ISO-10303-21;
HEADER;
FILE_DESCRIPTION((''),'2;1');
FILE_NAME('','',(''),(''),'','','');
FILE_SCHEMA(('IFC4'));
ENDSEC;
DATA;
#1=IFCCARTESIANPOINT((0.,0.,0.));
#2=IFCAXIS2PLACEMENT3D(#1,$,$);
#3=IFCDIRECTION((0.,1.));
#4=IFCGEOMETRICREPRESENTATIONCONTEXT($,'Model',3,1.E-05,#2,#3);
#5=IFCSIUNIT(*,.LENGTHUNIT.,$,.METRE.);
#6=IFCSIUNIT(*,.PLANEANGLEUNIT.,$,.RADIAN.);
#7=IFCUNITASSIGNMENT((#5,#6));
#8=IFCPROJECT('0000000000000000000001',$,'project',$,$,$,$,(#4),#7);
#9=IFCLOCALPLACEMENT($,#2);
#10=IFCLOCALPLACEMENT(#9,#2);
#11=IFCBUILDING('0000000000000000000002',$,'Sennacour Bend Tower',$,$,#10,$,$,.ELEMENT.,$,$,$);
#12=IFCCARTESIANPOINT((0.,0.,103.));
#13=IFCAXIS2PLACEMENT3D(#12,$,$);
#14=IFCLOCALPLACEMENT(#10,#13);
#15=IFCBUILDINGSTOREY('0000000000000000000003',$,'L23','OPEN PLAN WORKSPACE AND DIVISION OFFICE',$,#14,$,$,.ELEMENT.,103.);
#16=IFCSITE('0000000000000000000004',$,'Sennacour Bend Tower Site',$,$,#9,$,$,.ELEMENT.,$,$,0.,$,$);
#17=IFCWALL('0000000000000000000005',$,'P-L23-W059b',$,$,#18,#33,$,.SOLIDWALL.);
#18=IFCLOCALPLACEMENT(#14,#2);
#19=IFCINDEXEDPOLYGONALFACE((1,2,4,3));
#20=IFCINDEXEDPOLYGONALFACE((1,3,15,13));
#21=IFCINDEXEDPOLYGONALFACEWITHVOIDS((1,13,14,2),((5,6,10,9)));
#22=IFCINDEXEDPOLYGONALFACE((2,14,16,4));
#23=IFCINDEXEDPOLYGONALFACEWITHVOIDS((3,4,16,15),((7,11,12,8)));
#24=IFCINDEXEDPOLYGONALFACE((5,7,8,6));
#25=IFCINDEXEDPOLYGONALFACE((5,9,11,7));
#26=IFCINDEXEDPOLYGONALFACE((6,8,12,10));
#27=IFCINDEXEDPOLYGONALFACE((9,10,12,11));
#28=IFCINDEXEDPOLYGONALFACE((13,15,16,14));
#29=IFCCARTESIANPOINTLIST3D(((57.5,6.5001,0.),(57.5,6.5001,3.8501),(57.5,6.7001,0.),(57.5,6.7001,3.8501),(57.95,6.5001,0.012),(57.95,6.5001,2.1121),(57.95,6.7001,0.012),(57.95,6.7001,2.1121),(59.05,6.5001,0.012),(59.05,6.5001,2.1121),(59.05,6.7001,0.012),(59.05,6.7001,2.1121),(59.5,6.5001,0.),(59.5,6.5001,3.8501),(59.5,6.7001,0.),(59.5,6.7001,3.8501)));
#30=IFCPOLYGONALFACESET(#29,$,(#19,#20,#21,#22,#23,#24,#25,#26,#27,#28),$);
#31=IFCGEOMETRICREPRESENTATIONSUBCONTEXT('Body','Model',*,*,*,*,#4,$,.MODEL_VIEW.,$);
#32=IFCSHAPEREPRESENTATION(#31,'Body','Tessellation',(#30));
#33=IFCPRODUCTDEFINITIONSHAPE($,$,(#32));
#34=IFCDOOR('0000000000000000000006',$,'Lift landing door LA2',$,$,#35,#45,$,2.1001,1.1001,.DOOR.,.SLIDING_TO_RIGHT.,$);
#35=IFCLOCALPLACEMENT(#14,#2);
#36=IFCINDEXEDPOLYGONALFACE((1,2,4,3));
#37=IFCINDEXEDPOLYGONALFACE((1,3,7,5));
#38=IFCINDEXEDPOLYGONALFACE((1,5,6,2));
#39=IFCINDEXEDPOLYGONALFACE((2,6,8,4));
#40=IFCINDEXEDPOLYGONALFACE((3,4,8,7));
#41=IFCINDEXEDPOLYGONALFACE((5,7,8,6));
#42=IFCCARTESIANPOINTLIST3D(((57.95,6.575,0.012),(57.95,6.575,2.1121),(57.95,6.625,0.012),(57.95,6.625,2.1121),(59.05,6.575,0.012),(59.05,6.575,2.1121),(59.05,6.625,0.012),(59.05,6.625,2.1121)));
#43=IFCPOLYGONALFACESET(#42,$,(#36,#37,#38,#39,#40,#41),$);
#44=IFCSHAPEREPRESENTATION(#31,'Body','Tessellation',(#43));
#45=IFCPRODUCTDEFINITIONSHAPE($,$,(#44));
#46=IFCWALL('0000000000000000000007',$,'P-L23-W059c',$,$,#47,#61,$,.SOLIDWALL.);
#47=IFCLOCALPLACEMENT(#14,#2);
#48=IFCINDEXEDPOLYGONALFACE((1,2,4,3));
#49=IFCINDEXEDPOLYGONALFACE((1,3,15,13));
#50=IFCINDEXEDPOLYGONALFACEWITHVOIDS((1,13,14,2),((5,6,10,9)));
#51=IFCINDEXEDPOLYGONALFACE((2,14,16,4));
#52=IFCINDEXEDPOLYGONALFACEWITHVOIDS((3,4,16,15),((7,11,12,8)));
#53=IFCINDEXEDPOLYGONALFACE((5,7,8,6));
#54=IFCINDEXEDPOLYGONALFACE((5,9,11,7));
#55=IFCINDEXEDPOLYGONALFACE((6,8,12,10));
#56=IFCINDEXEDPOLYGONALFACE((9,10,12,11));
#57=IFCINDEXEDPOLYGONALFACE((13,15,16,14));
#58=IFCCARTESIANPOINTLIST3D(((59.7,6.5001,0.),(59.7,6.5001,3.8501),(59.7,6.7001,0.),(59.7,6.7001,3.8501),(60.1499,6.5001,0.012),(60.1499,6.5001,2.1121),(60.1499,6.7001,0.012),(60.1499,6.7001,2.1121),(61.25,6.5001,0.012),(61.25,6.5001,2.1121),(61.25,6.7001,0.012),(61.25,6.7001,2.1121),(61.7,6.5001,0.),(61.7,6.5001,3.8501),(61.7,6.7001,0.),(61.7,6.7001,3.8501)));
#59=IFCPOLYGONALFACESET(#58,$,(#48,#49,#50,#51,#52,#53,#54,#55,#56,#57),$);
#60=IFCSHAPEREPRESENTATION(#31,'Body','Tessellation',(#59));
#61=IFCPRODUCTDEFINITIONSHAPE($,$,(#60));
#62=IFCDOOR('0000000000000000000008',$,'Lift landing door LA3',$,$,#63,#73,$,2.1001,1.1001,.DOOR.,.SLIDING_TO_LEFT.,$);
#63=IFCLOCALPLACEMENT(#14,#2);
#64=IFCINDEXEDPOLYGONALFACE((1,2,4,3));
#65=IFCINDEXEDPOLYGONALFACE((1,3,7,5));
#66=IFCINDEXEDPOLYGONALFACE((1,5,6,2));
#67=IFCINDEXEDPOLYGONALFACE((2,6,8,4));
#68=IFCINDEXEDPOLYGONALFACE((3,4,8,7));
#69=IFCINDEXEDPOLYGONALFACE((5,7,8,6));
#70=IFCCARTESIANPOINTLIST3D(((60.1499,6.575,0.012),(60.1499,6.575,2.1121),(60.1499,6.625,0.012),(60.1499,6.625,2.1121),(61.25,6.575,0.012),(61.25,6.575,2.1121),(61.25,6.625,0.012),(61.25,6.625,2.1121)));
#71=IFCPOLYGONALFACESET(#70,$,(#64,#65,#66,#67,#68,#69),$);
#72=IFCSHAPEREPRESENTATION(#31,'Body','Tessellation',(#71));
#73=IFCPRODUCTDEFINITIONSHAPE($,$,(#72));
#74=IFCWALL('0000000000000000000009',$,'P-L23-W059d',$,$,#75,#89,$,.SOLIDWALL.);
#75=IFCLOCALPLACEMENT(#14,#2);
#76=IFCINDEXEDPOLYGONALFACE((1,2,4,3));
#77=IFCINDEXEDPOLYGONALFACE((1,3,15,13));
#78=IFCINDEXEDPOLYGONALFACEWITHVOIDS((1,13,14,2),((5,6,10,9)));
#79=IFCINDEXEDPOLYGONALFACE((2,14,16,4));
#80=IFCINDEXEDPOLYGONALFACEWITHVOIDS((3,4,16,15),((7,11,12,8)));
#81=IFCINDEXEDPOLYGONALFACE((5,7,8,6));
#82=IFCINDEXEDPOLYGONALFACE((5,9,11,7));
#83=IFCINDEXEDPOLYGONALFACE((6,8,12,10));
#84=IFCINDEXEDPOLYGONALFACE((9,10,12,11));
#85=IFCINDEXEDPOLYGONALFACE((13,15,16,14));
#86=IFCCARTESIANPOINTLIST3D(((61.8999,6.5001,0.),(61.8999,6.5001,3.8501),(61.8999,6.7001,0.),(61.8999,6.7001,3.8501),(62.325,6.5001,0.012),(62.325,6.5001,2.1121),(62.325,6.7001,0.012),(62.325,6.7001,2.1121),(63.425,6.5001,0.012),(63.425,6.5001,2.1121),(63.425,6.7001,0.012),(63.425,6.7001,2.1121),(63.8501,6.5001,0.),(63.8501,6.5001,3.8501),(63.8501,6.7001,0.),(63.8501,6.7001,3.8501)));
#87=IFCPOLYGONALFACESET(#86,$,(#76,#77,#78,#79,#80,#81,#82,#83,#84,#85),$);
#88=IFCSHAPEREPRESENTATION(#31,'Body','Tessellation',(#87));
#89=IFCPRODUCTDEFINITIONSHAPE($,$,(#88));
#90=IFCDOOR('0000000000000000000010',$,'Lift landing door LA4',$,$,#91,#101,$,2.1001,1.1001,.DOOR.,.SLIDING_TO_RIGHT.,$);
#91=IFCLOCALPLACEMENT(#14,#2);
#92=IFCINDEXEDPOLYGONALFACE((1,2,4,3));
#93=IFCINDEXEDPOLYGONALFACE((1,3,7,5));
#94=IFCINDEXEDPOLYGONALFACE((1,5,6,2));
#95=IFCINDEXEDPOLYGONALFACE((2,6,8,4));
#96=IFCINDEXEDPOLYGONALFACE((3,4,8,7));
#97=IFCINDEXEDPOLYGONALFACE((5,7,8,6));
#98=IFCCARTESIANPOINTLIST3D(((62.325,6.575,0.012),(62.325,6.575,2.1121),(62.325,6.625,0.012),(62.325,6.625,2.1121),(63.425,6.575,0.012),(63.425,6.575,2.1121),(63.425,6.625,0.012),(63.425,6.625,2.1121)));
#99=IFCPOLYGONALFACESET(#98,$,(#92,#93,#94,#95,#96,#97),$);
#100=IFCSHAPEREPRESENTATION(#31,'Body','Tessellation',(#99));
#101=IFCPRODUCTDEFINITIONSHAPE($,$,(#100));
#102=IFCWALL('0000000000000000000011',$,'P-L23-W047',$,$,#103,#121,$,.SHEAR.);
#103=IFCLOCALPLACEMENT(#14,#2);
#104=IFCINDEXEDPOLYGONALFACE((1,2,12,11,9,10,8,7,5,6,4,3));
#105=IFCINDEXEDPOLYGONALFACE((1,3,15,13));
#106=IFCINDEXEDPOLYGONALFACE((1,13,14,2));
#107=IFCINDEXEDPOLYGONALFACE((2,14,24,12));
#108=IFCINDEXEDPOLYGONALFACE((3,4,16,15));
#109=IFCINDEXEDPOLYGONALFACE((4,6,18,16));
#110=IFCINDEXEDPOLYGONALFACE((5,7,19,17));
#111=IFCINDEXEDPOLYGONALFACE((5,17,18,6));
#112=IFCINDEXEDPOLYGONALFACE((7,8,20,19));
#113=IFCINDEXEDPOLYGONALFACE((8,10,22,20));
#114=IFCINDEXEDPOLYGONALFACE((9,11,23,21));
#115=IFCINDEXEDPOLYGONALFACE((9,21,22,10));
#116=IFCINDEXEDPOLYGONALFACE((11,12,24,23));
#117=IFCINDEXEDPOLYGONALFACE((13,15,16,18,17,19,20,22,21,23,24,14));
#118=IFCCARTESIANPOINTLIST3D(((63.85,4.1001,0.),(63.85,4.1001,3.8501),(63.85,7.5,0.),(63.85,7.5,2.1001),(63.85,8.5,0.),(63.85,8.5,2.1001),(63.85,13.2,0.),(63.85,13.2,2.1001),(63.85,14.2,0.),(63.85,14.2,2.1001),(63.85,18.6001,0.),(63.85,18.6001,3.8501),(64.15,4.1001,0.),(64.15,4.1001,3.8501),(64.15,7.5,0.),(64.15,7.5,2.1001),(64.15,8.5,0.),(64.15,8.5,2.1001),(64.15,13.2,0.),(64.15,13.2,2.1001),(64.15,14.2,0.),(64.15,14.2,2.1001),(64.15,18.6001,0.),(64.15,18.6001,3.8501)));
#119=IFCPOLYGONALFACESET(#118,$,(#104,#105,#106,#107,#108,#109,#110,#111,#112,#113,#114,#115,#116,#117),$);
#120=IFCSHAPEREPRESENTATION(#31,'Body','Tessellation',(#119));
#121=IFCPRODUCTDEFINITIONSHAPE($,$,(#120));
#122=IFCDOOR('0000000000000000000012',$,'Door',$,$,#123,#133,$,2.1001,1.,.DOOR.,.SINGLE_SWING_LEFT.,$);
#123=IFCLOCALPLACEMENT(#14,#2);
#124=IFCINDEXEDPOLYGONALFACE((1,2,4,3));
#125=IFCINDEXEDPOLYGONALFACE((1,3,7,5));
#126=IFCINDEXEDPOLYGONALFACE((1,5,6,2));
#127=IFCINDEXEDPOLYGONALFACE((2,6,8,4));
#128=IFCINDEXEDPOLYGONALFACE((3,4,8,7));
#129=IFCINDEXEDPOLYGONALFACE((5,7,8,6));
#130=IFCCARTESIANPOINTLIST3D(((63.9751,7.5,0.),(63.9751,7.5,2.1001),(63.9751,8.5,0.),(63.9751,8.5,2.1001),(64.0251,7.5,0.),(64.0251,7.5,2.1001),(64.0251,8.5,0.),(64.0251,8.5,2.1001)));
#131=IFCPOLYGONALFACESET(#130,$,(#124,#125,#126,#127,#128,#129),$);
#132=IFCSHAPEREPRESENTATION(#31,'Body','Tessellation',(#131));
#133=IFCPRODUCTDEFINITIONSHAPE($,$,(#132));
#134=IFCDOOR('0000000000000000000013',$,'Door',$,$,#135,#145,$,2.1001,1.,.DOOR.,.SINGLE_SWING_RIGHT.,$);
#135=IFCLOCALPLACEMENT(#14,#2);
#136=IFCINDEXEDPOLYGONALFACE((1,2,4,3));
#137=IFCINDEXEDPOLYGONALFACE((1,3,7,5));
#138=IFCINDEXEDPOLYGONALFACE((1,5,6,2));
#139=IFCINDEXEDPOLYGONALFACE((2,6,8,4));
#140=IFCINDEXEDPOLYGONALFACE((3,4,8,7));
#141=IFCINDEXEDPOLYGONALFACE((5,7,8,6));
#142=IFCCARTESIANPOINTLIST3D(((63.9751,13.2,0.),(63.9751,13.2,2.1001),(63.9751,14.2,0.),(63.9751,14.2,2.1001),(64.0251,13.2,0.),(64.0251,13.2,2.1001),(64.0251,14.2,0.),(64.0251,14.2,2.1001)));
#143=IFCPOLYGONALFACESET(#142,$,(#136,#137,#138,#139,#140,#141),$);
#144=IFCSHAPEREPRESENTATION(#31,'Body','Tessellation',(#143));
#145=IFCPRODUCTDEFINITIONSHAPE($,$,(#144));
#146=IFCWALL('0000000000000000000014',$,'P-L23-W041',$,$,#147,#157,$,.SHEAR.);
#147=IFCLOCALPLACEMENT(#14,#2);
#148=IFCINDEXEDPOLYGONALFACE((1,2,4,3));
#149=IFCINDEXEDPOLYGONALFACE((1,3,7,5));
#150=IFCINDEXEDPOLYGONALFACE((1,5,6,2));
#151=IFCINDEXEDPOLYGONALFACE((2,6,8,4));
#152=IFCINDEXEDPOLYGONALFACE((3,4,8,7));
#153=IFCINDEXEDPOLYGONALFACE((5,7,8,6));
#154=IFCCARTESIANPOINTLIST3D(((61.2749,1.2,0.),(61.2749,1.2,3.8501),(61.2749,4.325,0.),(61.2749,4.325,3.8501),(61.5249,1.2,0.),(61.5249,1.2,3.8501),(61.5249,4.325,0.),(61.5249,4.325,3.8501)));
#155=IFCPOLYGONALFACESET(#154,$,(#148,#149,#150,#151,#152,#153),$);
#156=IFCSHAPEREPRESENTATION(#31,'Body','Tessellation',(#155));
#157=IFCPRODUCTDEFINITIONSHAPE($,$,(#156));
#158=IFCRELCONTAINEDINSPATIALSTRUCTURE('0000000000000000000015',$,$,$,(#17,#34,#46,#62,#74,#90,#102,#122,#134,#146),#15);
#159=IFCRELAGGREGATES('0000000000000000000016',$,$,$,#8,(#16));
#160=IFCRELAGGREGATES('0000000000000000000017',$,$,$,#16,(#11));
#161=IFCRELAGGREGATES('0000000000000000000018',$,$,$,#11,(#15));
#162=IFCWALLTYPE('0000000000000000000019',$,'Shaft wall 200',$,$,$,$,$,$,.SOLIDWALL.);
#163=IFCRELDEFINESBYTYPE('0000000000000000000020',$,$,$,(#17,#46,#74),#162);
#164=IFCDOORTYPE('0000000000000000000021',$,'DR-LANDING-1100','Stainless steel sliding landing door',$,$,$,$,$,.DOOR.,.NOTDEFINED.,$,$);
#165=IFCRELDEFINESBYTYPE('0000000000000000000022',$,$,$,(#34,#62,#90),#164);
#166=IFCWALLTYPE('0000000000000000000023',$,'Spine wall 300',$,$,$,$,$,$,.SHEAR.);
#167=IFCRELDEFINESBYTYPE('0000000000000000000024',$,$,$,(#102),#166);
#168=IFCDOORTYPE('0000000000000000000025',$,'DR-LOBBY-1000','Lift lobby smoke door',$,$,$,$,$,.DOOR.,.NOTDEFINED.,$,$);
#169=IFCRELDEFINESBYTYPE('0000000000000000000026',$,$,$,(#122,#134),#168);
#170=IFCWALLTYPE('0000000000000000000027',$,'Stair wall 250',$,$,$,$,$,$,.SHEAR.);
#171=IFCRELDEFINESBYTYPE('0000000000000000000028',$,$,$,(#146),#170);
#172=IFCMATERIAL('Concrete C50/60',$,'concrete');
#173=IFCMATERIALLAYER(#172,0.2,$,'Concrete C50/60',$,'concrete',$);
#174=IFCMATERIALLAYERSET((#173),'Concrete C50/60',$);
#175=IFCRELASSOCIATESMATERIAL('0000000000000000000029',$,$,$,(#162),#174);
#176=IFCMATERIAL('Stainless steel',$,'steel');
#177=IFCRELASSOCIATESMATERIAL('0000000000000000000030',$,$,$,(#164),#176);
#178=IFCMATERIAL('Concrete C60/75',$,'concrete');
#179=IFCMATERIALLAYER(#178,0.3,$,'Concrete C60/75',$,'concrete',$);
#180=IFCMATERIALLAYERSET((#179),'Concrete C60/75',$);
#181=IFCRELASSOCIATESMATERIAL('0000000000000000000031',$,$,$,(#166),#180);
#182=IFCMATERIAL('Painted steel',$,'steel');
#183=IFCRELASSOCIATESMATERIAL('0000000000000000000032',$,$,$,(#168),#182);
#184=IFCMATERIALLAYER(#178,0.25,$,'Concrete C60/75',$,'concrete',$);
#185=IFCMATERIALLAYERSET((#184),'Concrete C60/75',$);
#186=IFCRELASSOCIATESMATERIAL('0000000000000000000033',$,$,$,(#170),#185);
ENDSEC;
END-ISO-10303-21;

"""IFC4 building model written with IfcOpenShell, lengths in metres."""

from ifc_helpers import new_model, si_unit, direction, frame, frame_2d, origin, place, context, subcontext, project, spatial, rectangle, extrude, material, layer, layer_set, type_object, element, fill, save


model = new_model("IFC4")

# Units and contexts
model_context = context("Model", 3, precision=1e-05, world=origin(), true_north=direction((0.0, 1.0)))
body_context = subcontext(model_context, "Body", "Model", "MODEL_VIEW")
ifc_project = project(units=[si_unit("LENGTHUNIT", "METRE"), si_unit("PLANEANGLEUNIT", "RADIAN")], contexts=[model_context])

# Site, building, storey
site_placement = place(None, origin())
site = spatial("IfcSite", under=ifc_project, at=site_placement, Name="Sennacour Bend Tower Site", CompositionType="ELEMENT", RefElevation=0.0)
building_placement = place(site_placement, origin())
building = spatial("IfcBuilding", under=site, at=building_placement, Name="Sennacour Bend Tower", CompositionType="ELEMENT")
storey_placement = place(building_placement, frame((0.0, 0.0, 103.0)))
storey = spatial("IfcBuildingStorey", under=building, at=storey_placement, Name="L23", Description="OPEN PLAN WORKSPACE AND DIVISION OFFICE", CompositionType="ELEMENT", Elevation=103.0)

# Shared definitions
ifc_material_1 = material(Name="Painted steel", Category="steel")

# Shared definitions
ifc_material_2 = material(Name="Concrete C50/60", Category="concrete")
ifc_layer_1 = layer(ifc_material_2, 0.2, Name="Concrete C50/60", Category="concrete")
ifc_layer_set_1 = layer_set([ifc_layer_1], Name="Concrete C50/60")
wall_type_1 = type_object("IfcWallType", Name="Shaft wall 200", PredefinedType="SOLIDWALL", material=ifc_layer_set_1)

# Walls, openings, doors
wall_1_placement = place(storey_placement, frame((57.5, 6.6001, 0.0), z_axis=(0.0, 0.0, 1.0), x_axis=(1.0, 0.0, 0.0)))
wall_1 = element("IfcWall", 1, at=wall_1_placement, inside=storey, type_object=wall_type_1, Name="P-L23-W059b", PredefinedType="SOLIDWALL", context=body_context, shape_type="SweptSolid", body=[
    extrude(rectangle(XDim=2.0, YDim=0.2, at=frame_2d((1.0, 0.0))), origin(), (0.0, 0.0, 1.0), 3.8501),
])
opening_1_placement = place(wall_1_placement, frame((0.45, 0.0, 0.012)))
opening_1 = element("IfcOpeningElement", 2, at=opening_1_placement, cuts=wall_1, PredefinedType="OPENING", context=body_context, shape_type="SweptSolid", body=[
    extrude(rectangle(XDim=1.1001, YDim=2.1001, at=frame_2d((0.55, 1.05))), frame((0.0, 0.1099, 0.0), z_axis=(0.0, -1.0, 0.0), x_axis=(1.0, 0.0, 0.0)), (0.0, 0.0, 1.0), 0.22),
])
ifc_material_3 = material(Name="Stainless steel", Category="steel")
door_type_1 = type_object("IfcDoorType", Name="DR-LANDING-1100", Description="Stainless steel sliding landing door", OperationType="NOTDEFINED", PredefinedType="DOOR", material=ifc_material_3)
door_1_placement = place(opening_1_placement, origin())
door_1 = element("IfcDoor", 3, at=door_1_placement, inside=storey, type_object=door_type_1, Name="Lift landing door LA2", OperationType="SLIDING_TO_RIGHT", OverallHeight=2.1001, OverallWidth=1.1001, PredefinedType="DOOR", context=body_context, shape_type="SweptSolid", body=[
    extrude(rectangle(XDim=1.1001, YDim=2.1001, at=frame_2d((0.55, 1.05))), frame((0.0, 0.0249, 0.0), z_axis=(0.0, -1.0, 0.0), x_axis=(1.0, 0.0, 0.0)), (0.0, 0.0, 1.0), 0.05),
])
fill(opening_1, door_1)
wall_2_placement = place(storey_placement, frame((59.7, 6.6001, 0.0), z_axis=(0.0, 0.0, 1.0), x_axis=(1.0, 0.0, 0.0)))
wall_2 = element("IfcWall", 4, at=wall_2_placement, inside=storey, type_object=wall_type_1, Name="P-L23-W059c", PredefinedType="SOLIDWALL", context=body_context, shape_type="SweptSolid", body=[
    extrude(rectangle(XDim=2.0, YDim=0.2, at=frame_2d((1.0, 0.0))), origin(), (0.0, 0.0, 1.0), 3.8501),
])
opening_2_placement = place(wall_2_placement, frame((0.45, 0.0, 0.012)))
opening_2 = element("IfcOpeningElement", 5, at=opening_2_placement, cuts=wall_2, PredefinedType="OPENING", context=body_context, shape_type="SweptSolid", body=[
    extrude(rectangle(XDim=1.1001, YDim=2.1001, at=frame_2d((0.55, 1.05))), frame((0.0, 0.1099, 0.0), z_axis=(0.0, -1.0, 0.0), x_axis=(1.0, 0.0, 0.0)), (0.0, 0.0, 1.0), 0.22),
])
door_2_placement = place(opening_2_placement, origin())
door_2 = element("IfcDoor", 6, at=door_2_placement, inside=storey, type_object=door_type_1, Name="Lift landing door LA3", OperationType="SLIDING_TO_LEFT", OverallHeight=2.1001, OverallWidth=1.1001, PredefinedType="DOOR", context=body_context, shape_type="SweptSolid", body=[
    extrude(rectangle(XDim=1.1001, YDim=2.1001, at=frame_2d((0.55, 1.05))), frame((0.0, 0.0249, 0.0), z_axis=(0.0, -1.0, 0.0), x_axis=(1.0, 0.0, 0.0)), (0.0, 0.0, 1.0), 0.05),
])
fill(opening_2, door_2)
wall_3_placement = place(storey_placement, frame((61.8999, 6.6001, 0.0), z_axis=(0.0, 0.0, 1.0), x_axis=(1.0, 0.0, 0.0)))
wall_3 = element("IfcWall", 7, at=wall_3_placement, inside=storey, type_object=wall_type_1, Name="P-L23-W059d", PredefinedType="SOLIDWALL", context=body_context, shape_type="SweptSolid", body=[
    extrude(rectangle(XDim=1.9502, YDim=0.2, at=frame_2d((0.9751, 0.0))), origin(), (0.0, 0.0, 1.0), 3.8501),
])
opening_3_placement = place(wall_3_placement, frame((0.425, 0.0, 0.012)))
opening_3 = element("IfcOpeningElement", 8, at=opening_3_placement, cuts=wall_3, PredefinedType="OPENING", context=body_context, shape_type="SweptSolid", body=[
    extrude(rectangle(XDim=1.1001, YDim=2.1001, at=frame_2d((0.55, 1.05))), frame((0.0, 0.1099, 0.0), z_axis=(0.0, -1.0, 0.0), x_axis=(1.0, 0.0, 0.0)), (0.0, 0.0, 1.0), 0.22),
])
door_3_placement = place(opening_3_placement, origin())
door_3 = element("IfcDoor", 9, at=door_3_placement, inside=storey, type_object=door_type_1, Name="Lift landing door LA4", OperationType="SLIDING_TO_RIGHT", OverallHeight=2.1001, OverallWidth=1.1001, PredefinedType="DOOR", context=body_context, shape_type="SweptSolid", body=[
    extrude(rectangle(XDim=1.1001, YDim=2.1001, at=frame_2d((0.55, 1.05))), frame((0.0, 0.0249, 0.0), z_axis=(0.0, -1.0, 0.0), x_axis=(1.0, 0.0, 0.0)), (0.0, 0.0, 1.0), 0.05),
])
fill(opening_3, door_3)

# Wall, openings, doors
ifc_material_4 = material(Name="Concrete C60/75", Category="concrete")
ifc_layer_2 = layer(ifc_material_4, 0.3, Name="Concrete C60/75", Category="concrete")
ifc_layer_set_2 = layer_set([ifc_layer_2], Name="Concrete C60/75")
wall_type_2 = type_object("IfcWallType", Name="Spine wall 300", PredefinedType="SHEAR", material=ifc_layer_set_2)
wall_4_placement = place(storey_placement, frame((64.0, 4.1001, 0.0), z_axis=(0.0, 0.0, 1.0), x_axis=(0.0, 1.0, 0.0)))
wall_4 = element("IfcWall", 10, at=wall_4_placement, inside=storey, type_object=wall_type_2, Name="P-L23-W047", PredefinedType="SHEAR", context=body_context, shape_type="SweptSolid", body=[
    extrude(rectangle(XDim=14.5, YDim=0.3, at=frame_2d((7.25, 0.0))), origin(), (0.0, 0.0, 1.0), 3.8501),
])
opening_4_placement = place(wall_4_placement, frame((3.3999, 0.0, 0.0)))
opening_4 = element("IfcOpeningElement", 11, at=opening_4_placement, cuts=wall_4, PredefinedType="OPENING", context=body_context, shape_type="SweptSolid", body=[
    extrude(rectangle(XDim=1.0, YDim=2.1001, at=frame_2d((0.5, 1.05))), frame((0.0, 0.1602, 0.0), z_axis=(0.0, -1.0, 0.0), x_axis=(1.0, 0.0, 0.0)), (0.0, 0.0, 1.0), 0.3201),
])
opening_5_placement = place(wall_4_placement, frame((9.0999, 0.0, 0.0)))
opening_5 = element("IfcOpeningElement", 12, at=opening_5_placement, cuts=wall_4, PredefinedType="OPENING", context=body_context, shape_type="SweptSolid", body=[
    extrude(rectangle(XDim=1.0, YDim=2.1001, at=frame_2d((0.5, 1.05))), frame((0.0, 0.1602, 0.0), z_axis=(0.0, -1.0, 0.0), x_axis=(1.0, 0.0, 0.0)), (0.0, 0.0, 1.0), 0.3201),
])
door_type_2 = type_object("IfcDoorType", Name="DR-LOBBY-1000", Description="Lift lobby smoke door", OperationType="NOTDEFINED", PredefinedType="DOOR", material=ifc_material_1)
door_4_placement = place(opening_4_placement, origin())
door_4 = element("IfcDoor", 13, at=door_4_placement, inside=storey, type_object=door_type_2, Name="Door", OperationType="SINGLE_SWING_LEFT", OverallHeight=2.1001, OverallWidth=1.0, PredefinedType="DOOR", context=body_context, shape_type="SweptSolid", body=[
    extrude(rectangle(XDim=1.0, YDim=2.1001, at=frame_2d((0.5, 1.05))), frame((0.0, 0.0249, 0.0), z_axis=(0.0, -1.0, 0.0), x_axis=(1.0, 0.0, 0.0)), (0.0, 0.0, 1.0), 0.05),
])
fill(opening_4, door_4)
door_5_placement = place(opening_5_placement, origin())
door_5 = element("IfcDoor", 14, at=door_5_placement, inside=storey, type_object=door_type_2, Name="Door", OperationType="SINGLE_SWING_RIGHT", OverallHeight=2.1001, OverallWidth=1.0, PredefinedType="DOOR", context=body_context, shape_type="SweptSolid", body=[
    extrude(rectangle(XDim=1.0, YDim=2.1001, at=frame_2d((0.5, 1.05))), frame((0.0, 0.0249, 0.0), z_axis=(0.0, -1.0, 0.0), x_axis=(1.0, 0.0, 0.0)), (0.0, 0.0, 1.0), 0.05),
])
fill(opening_5, door_5)

# Wall
ifc_layer_3 = layer(ifc_material_4, 0.25, Name="Concrete C60/75", Category="concrete")
ifc_layer_set_3 = layer_set([ifc_layer_3], Name="Concrete C60/75")
wall_type_3 = type_object("IfcWallType", Name="Stair wall 250", PredefinedType="SHEAR", material=ifc_layer_set_3)
wall_5_placement = place(storey_placement, frame((61.3999, 1.2, 0.0), z_axis=(0.0, 0.0, 1.0), x_axis=(0.0, 1.0, 0.0)))
element("IfcWall", 15, at=wall_5_placement, inside=storey, type_object=wall_type_3, Name="P-L23-W041", PredefinedType="SHEAR", context=body_context, shape_type="SweptSolid", body=[
    extrude(rectangle(XDim=3.125, YDim=0.25, at=frame_2d((1.5625, 0.0))), origin(), (0.0, 0.0, 1.0), 3.8501),
])

save(model, "model.ifc")
